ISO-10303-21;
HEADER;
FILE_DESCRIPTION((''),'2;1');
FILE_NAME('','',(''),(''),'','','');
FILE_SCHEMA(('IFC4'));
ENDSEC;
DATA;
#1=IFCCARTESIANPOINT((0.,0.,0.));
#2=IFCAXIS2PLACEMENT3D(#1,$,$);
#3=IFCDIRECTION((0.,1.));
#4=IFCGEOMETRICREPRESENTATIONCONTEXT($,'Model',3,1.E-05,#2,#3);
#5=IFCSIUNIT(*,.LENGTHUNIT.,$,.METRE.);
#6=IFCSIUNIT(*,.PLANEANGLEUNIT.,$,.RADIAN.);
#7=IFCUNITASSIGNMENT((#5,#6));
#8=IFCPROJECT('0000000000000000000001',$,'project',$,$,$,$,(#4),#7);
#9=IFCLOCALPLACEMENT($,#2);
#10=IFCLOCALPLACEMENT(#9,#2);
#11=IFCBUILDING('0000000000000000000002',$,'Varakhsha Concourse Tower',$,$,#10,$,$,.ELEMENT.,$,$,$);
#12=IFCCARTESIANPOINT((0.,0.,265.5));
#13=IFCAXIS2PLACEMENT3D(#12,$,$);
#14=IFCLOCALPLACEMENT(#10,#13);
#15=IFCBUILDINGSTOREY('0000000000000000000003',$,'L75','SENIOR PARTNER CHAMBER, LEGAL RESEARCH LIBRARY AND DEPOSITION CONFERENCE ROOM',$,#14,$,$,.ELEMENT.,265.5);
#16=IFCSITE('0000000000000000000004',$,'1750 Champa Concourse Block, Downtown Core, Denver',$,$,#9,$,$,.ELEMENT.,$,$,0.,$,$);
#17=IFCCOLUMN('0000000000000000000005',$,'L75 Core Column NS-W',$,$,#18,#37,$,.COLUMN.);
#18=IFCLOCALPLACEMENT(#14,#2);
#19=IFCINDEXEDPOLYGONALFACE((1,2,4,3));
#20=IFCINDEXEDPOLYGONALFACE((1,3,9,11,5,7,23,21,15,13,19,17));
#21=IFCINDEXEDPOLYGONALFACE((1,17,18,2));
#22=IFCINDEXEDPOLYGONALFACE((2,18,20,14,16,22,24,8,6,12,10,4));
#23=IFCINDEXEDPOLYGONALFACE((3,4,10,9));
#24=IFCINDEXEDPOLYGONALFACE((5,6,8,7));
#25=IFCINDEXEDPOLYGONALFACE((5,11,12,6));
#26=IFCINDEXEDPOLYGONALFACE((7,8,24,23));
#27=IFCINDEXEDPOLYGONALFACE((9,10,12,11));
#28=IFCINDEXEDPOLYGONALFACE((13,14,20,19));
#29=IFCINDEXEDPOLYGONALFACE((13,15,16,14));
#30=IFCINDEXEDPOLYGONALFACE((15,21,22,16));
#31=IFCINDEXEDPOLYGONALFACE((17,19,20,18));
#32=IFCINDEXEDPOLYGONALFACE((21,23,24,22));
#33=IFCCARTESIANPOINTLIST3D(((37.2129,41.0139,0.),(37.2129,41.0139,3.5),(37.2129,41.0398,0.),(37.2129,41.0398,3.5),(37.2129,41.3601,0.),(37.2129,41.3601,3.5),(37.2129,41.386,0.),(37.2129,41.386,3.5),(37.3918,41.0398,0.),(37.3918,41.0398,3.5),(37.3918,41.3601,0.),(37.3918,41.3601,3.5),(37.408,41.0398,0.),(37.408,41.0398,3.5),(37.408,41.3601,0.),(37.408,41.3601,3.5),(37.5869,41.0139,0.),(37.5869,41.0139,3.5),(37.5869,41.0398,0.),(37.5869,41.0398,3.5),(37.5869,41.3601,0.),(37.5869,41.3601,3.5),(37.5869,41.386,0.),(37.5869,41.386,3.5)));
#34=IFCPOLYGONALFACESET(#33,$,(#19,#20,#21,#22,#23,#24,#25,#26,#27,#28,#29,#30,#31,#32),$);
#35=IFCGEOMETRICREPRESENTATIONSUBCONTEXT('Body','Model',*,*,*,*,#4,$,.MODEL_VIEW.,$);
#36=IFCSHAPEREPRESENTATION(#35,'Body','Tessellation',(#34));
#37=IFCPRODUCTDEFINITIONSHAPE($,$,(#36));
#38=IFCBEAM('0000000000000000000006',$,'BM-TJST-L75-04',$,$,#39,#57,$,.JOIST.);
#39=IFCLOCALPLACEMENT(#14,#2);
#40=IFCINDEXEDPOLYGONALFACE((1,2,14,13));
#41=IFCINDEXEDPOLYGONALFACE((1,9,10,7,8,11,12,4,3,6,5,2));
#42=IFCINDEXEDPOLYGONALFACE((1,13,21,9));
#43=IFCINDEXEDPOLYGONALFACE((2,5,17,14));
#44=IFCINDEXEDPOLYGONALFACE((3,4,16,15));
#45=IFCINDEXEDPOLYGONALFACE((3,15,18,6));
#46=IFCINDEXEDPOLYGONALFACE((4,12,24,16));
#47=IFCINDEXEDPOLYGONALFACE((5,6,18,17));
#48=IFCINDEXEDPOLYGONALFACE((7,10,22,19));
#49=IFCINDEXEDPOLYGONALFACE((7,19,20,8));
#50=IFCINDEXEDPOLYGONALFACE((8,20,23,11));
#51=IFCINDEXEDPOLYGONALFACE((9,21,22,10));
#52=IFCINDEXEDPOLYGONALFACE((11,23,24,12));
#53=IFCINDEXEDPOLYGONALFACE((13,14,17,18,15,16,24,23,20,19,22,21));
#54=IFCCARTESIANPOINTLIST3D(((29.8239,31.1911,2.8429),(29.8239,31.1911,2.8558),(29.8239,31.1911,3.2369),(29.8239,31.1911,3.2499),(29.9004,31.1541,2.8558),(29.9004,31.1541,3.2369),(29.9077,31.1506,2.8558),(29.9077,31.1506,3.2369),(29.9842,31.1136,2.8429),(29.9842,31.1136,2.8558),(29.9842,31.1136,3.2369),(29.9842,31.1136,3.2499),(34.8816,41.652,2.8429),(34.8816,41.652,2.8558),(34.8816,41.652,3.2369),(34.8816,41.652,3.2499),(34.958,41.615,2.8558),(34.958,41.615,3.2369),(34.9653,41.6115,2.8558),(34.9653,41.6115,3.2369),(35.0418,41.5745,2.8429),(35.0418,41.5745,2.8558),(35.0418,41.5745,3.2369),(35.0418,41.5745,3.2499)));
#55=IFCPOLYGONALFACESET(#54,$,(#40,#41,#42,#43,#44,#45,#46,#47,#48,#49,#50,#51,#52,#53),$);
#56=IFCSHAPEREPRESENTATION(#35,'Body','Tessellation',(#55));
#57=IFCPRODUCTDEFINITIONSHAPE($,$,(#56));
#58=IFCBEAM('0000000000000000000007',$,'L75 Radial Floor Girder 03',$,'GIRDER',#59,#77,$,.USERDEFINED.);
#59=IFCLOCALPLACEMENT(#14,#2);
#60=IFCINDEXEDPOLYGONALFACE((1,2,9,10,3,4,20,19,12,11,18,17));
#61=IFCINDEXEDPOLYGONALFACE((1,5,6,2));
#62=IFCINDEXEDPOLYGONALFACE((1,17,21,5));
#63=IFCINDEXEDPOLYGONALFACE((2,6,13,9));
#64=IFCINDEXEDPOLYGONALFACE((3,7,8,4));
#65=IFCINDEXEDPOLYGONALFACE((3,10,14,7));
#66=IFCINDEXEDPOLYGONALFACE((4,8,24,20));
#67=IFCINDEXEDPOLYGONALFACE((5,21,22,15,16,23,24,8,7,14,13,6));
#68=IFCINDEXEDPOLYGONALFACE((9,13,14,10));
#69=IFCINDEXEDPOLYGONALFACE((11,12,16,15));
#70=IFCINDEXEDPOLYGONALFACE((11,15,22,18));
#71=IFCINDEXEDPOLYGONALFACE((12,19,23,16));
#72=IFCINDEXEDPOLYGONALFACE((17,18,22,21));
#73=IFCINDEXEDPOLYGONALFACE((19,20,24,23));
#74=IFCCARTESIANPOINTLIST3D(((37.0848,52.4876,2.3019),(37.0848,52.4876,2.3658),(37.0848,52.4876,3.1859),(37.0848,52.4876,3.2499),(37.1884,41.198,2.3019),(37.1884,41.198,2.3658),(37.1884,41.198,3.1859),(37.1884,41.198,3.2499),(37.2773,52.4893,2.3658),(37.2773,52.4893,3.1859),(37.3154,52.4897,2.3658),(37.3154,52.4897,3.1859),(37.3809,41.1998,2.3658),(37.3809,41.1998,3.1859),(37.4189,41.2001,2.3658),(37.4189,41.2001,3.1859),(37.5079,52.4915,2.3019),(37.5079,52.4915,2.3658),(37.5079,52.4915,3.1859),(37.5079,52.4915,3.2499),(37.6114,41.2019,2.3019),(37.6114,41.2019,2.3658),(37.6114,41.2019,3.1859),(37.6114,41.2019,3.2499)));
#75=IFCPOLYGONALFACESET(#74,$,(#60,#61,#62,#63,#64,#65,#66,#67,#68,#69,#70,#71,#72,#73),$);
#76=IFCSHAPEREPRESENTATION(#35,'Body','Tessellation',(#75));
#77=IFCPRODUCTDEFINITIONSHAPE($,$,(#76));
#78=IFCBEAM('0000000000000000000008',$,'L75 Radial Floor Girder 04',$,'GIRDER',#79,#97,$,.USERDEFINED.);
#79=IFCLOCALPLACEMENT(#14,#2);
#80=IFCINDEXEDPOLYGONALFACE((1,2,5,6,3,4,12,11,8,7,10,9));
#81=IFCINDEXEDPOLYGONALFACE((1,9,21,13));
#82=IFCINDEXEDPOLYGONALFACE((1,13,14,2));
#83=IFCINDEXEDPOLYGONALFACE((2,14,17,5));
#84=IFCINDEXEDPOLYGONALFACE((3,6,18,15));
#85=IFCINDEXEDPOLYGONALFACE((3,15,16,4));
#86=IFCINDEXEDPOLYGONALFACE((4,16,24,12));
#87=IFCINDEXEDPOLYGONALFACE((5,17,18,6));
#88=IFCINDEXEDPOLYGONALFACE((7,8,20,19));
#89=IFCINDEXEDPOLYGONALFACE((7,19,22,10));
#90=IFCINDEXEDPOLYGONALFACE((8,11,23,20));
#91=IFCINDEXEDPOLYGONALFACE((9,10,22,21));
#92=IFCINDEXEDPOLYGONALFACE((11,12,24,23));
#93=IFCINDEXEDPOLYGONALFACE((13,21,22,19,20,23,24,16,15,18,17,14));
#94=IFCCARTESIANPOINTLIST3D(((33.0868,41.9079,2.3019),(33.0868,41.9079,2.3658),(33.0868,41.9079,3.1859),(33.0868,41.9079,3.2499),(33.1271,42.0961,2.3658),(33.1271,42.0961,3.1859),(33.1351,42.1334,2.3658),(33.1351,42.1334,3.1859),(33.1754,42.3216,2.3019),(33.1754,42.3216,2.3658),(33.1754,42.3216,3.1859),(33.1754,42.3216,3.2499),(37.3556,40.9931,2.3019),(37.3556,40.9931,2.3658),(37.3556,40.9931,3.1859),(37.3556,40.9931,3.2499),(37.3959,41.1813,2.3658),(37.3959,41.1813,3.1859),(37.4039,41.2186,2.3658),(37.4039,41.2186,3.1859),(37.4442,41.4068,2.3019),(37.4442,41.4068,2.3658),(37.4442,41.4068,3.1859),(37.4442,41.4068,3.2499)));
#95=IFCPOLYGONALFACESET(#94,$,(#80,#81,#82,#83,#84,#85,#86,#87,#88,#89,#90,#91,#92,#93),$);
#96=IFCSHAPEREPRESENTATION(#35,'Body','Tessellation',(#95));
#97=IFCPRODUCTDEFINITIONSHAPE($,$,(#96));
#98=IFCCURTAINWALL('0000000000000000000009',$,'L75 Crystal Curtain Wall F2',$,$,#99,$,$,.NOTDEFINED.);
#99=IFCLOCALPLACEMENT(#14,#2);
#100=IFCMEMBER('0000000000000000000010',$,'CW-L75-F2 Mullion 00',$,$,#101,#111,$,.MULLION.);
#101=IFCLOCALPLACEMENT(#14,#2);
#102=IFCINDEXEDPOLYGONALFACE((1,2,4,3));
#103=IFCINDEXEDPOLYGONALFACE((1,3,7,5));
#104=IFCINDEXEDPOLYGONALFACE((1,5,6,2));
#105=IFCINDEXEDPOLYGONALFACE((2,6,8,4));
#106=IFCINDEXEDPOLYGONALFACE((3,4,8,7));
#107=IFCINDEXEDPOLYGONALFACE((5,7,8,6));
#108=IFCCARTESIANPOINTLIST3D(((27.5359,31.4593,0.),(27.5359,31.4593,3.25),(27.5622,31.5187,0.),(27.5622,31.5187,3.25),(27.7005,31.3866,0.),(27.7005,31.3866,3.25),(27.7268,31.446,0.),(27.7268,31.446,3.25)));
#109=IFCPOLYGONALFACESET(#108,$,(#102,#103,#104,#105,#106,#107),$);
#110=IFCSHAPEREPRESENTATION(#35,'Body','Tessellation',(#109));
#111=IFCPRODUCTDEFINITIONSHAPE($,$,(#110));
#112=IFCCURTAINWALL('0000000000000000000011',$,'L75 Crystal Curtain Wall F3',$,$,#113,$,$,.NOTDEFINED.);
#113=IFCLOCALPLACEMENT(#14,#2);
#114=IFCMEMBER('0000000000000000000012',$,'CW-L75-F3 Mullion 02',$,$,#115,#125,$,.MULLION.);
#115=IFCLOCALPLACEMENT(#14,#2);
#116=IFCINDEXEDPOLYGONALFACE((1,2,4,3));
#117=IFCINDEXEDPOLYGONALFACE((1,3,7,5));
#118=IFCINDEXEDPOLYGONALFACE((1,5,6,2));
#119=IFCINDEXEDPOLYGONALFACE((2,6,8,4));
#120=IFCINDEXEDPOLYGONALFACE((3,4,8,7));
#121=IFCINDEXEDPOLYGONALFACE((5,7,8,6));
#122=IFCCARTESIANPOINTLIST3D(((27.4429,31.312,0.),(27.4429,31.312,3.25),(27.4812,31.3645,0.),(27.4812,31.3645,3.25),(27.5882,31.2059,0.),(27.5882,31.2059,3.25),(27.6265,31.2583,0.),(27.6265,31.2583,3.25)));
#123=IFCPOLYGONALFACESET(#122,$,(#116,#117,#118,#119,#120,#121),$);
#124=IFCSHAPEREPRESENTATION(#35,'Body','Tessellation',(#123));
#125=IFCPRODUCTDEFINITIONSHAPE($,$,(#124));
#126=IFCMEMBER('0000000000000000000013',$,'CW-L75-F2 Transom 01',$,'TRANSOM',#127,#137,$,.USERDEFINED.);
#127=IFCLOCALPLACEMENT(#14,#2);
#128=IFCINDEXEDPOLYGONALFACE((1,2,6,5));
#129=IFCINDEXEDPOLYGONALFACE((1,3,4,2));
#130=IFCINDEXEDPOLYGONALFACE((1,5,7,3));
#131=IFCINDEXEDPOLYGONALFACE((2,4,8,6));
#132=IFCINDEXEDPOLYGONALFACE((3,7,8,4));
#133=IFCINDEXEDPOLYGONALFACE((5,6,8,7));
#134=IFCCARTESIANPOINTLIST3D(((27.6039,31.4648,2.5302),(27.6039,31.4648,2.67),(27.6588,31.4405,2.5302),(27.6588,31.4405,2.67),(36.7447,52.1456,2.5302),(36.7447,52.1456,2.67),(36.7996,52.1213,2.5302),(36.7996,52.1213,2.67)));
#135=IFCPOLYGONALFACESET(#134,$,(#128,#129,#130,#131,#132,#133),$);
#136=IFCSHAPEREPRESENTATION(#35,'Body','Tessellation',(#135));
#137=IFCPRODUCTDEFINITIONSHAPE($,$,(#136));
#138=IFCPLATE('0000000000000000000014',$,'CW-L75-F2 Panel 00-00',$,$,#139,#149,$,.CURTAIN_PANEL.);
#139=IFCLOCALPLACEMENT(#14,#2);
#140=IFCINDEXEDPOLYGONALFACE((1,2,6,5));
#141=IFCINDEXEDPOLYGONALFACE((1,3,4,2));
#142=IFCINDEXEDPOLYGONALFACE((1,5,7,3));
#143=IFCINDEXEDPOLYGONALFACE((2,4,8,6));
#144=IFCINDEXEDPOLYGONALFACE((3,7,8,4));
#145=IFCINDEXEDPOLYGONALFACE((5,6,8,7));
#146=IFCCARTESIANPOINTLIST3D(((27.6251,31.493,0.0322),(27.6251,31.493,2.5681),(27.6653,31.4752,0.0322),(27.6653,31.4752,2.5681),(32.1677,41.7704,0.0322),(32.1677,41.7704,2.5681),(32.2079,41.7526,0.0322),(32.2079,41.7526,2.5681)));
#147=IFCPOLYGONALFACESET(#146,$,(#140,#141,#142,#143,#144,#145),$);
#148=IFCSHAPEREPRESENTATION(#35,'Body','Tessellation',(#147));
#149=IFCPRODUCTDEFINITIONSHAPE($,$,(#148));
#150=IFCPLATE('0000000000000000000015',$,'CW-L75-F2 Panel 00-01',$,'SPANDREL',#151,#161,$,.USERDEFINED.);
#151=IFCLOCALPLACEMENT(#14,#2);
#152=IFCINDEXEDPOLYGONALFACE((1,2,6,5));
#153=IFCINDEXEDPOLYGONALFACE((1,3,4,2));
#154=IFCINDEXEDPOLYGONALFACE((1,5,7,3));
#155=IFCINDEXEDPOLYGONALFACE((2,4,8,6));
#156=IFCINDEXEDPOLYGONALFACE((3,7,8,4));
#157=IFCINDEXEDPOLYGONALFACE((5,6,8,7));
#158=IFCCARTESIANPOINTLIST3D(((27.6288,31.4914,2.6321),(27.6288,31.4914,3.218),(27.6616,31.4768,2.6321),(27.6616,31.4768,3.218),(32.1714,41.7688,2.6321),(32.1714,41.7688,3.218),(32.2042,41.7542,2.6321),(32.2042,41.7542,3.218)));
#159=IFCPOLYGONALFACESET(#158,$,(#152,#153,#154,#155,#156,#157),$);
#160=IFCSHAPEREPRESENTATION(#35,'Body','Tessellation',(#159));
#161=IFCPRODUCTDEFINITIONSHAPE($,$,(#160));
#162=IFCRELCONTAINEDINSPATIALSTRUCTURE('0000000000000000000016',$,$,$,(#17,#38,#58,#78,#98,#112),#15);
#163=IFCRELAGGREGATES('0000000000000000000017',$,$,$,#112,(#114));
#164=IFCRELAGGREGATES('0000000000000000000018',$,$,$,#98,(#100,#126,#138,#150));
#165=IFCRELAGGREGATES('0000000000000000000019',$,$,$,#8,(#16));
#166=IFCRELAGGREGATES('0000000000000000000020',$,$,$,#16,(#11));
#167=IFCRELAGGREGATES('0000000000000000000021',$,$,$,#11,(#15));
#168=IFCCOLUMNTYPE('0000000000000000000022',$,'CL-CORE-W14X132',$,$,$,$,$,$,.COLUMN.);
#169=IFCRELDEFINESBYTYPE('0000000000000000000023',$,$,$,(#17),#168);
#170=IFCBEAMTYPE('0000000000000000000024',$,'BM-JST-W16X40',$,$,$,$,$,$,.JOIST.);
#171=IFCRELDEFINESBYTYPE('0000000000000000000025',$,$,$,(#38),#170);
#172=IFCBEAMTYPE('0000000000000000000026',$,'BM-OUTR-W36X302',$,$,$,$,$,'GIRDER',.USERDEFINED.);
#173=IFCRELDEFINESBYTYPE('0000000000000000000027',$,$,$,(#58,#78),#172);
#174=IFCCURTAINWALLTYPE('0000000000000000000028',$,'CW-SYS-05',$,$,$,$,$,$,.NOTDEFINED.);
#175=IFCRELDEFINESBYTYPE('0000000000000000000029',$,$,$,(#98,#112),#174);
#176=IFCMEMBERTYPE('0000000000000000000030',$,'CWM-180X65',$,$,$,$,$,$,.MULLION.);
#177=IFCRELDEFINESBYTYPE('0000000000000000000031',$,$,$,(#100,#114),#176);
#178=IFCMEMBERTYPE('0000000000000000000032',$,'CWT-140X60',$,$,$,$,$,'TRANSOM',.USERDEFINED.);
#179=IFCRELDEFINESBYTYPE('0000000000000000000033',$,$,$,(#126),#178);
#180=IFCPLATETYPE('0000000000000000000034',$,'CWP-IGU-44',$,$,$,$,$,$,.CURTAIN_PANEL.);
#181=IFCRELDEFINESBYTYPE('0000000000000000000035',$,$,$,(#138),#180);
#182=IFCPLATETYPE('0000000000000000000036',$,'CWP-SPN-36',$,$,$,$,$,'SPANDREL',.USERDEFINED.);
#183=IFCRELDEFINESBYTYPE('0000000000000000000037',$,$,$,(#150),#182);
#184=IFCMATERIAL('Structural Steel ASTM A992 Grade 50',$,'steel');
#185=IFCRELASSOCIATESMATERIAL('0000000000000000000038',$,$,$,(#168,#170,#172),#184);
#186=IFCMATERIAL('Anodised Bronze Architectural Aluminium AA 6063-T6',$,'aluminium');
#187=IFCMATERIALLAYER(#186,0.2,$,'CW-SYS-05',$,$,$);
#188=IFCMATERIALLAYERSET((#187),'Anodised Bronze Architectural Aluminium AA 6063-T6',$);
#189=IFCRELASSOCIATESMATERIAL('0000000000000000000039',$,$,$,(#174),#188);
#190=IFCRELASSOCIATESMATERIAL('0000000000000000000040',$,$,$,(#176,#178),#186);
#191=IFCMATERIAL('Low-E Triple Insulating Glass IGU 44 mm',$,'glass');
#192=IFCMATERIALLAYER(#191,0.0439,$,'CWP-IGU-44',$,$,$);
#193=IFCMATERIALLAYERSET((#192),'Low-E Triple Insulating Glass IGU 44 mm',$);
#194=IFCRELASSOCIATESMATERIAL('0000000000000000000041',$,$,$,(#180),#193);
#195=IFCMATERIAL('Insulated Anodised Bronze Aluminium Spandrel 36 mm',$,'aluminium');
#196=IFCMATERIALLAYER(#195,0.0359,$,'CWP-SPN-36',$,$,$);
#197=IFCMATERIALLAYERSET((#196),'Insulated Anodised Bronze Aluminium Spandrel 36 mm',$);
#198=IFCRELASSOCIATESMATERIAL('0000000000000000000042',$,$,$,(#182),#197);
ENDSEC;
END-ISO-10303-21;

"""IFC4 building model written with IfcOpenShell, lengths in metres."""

from ifc_helpers import new_model, si_unit, direction, frame, origin, origin_2d, place, context, subcontext, project, spatial, rectangle, i_section, extrude, source, transform, mapped, material, layer, layer_set, material_profile, profile_set, type_object, type_shapes, element, aggregate, save


model = new_model("IFC4")

# Units and contexts
model_context = context("Model", 3, precision=1e-05, world=origin(), true_north=direction((0.0, 1.0)))
body_context = subcontext(model_context, "Body", "Model", "MODEL_VIEW")
ifc_project = project(units=[si_unit("LENGTHUNIT", "METRE"), si_unit("PLANEANGLEUNIT", "RADIAN")], contexts=[model_context])

# Site, building, storey
site_placement = place(None, origin())
site = spatial("IfcSite", under=ifc_project, at=site_placement, Name="1750 Champa Concourse Block, Downtown Core, Denver", CompositionType="ELEMENT", RefElevation=0.0)
building_placement = place(site_placement, origin())
building = spatial("IfcBuilding", under=site, at=building_placement, Name="Varakhsha Concourse Tower", CompositionType="ELEMENT")
storey_placement = place(building_placement, frame((0.0, 0.0, 265.5)))
storey = spatial("IfcBuildingStorey", under=building, at=storey_placement, Name="L75", Description="SENIOR PARTNER CHAMBER, LEGAL RESEARCH LIBRARY AND DEPOSITION CONFERENCE ROOM", CompositionType="ELEMENT", Elevation=265.5)

# Column
ifc_material_1 = material(Name="Structural Steel ASTM A992 Grade 50", Category="steel")
ifc_material_profile_1 = material_profile(ifc_material_1, i_section(OverallWidth=0.374, OverallDepth=0.3721, WebThickness=0.0161, FlangeThickness=0.0259, at=origin_2d()), Name="W14X132")
ifc_profile_set_1 = profile_set([ifc_material_profile_1], Name="Structural Steel ASTM A992 Grade 50")
column_type = type_object("IfcColumnType", Name="CL-CORE-W14X132", PredefinedType="COLUMN", material=ifc_profile_set_1)
column_placement = place(storey_placement, frame((37.3999, 41.2, 0.0), z_axis=(0.0, 0.0, 1.0), x_axis=(1.0, 0.0, 0.0)))
element("IfcColumn", 1, at=column_placement, inside=storey, type_object=column_type, Name="L75 Core Column NS-W", PredefinedType="COLUMN", context=body_context, shape_type="SweptSolid", body=[
    extrude(i_section(OverallWidth=0.374, OverallDepth=0.3721, WebThickness=0.0161, FlangeThickness=0.0259, at=origin_2d()), origin(), (0.0, 0.0, 1.0), 3.5),
])

# Beams
ifc_material_profile_2 = material_profile(ifc_material_1, i_section(OverallWidth=0.178, OverallDepth=0.407, WebThickness=0.0081, FlangeThickness=0.0129, at=origin_2d()), Name="W16X40")
ifc_profile_set_2 = profile_set([ifc_material_profile_2], Name="Structural Steel ASTM A992 Grade 50")
beam_type_1 = type_object("IfcBeamType", Name="BM-JST-W16X40", PredefinedType="JOIST", material=ifc_profile_set_2)
beam_1_placement = place(storey_placement, frame((34.9617, 41.6133, 3.0464), z_axis=(-0.435273, -0.900298, 0.0), x_axis=(0.900298, -0.435273, 0.0)))
element("IfcBeam", 2, at=beam_1_placement, inside=storey, type_object=beam_type_1, Name="BM-TJST-L75-04", PredefinedType="JOIST", context=body_context, shape_type="SweptSolid", body=[
    extrude(i_section(OverallWidth=0.178, OverallDepth=0.407, WebThickness=0.0081, FlangeThickness=0.0129, at=origin_2d()), origin(), (0.0, 0.0, 1.0), 11.6194),
])
ifc_material_profile_3 = material_profile(ifc_material_1, i_section(OverallWidth=0.4231, OverallDepth=0.948, WebThickness=0.0381, FlangeThickness=0.064, at=origin_2d()), Name="W36X302")
ifc_profile_set_3 = profile_set([ifc_material_profile_3], Name="Structural Steel ASTM A992 Grade 50")
beam_type_2 = type_object("IfcBeamType", Name="BM-OUTR-W36X302", ElementType="GIRDER", PredefinedType="USERDEFINED", material=ifc_profile_set_3)
beam_2_placement = place(storey_placement, frame((37.3999, 41.2, 2.7759), z_axis=(-0.009169, 0.999958, 0.0), x_axis=(-0.999958, -0.009169, 0.0)))
element("IfcBeam", 3, at=beam_2_placement, inside=storey, type_object=beam_type_2, Name="L75 Radial Floor Girder 03", ObjectType="GIRDER", PredefinedType="USERDEFINED", context=body_context, shape_type="SweptSolid", body=[
    extrude(i_section(OverallWidth=0.4231, OverallDepth=0.948, WebThickness=0.0381, FlangeThickness=0.064, at=origin_2d()), origin(), (0.0, 0.0, 1.0), 11.29),
])
beam_3_placement = place(storey_placement, frame((37.3999, 41.2, 2.7759), z_axis=(-0.9778, 0.209541, 0.0), x_axis=(-0.209541, -0.9778, 0.0)))
element("IfcBeam", 4, at=beam_3_placement, inside=storey, type_object=beam_type_2, Name="L75 Radial Floor Girder 04", ObjectType="GIRDER", PredefinedType="USERDEFINED", context=body_context, shape_type="SweptSolid", body=[
    extrude(i_section(OverallWidth=0.4231, OverallDepth=0.948, WebThickness=0.0381, FlangeThickness=0.064, at=origin_2d()), origin(), (0.0, 0.0, 1.0), 4.3657),
])

# Curtain walls, members
ifc_material_2 = material(Name="Anodised Bronze Architectural Aluminium AA 6063-T6", Category="aluminium")
ifc_layer_1 = layer(ifc_material_2, 0.2, Name="CW-SYS-05")
ifc_layer_set_1 = layer_set([ifc_layer_1], Name="Anodised Bronze Architectural Aluminium AA 6063-T6")
curtain_wall_type = type_object("IfcCurtainWallType", Name="CW-SYS-05", PredefinedType="NOTDEFINED", material=ifc_layer_set_1)
curtain_wall_1_placement = place(storey_placement, origin())
curtain_wall_1 = element("IfcCurtainWall", 5, at=curtain_wall_1_placement, inside=storey, type_object=curtain_wall_type, Name="L75 Crystal Curtain Wall F2", PredefinedType="NOTDEFINED")
ifc_material_profile_4 = material_profile(ifc_material_2, rectangle(XDim=0.0649, YDim=0.1799, at=origin_2d()), Name="CWM-180X65")
ifc_profile_set_4 = profile_set([ifc_material_profile_4], Name="Anodised Bronze Architectural Aluminium AA 6063-T6")
member_type_1 = type_object("IfcMemberType", Name="CWM-180X65", PredefinedType="MULLION", material=ifc_profile_set_4)
shared_shape_1 = source(origin(), body_context, "Body", "SweptSolid", [
    extrude(rectangle(XDim=0.0649, YDim=0.1799, at=origin_2d()), origin(), (0.0, 0.0, 1.0), 3.25),
])
type_shapes(member_type_1, [shared_shape_1])
member_1_placement = place(storey_placement, frame((27.6313, 31.4526, 0.0), z_axis=(0.0, 0.0, 1.0), x_axis=(0.404273, 0.914638, 0.0)))
member_1 = element("IfcMember", 6, at=member_1_placement, type_object=member_type_1, Name="CW-L75-F2 Mullion 00", PredefinedType="MULLION", context=body_context, shape_type="MappedRepresentation", body=[
    mapped(shared_shape_1, transform((0.0, 0.0, 0.0), scale=1.0)),
])
curtain_wall_2_placement = place(storey_placement, origin())
curtain_wall_2 = element("IfcCurtainWall", 7, at=curtain_wall_2_placement, inside=storey, type_object=curtain_wall_type, Name="L75 Crystal Curtain Wall F3", PredefinedType="NOTDEFINED")
member_2_placement = place(storey_placement, frame((27.5347, 31.2852, 0.0), z_axis=(0.0, 0.0, 1.0), x_axis=(0.58996, 0.807432, 0.0)))
member_2 = element("IfcMember", 8, at=member_2_placement, type_object=member_type_1, Name="CW-L75-F3 Mullion 02", PredefinedType="MULLION", context=body_context, shape_type="MappedRepresentation", body=[
    mapped(shared_shape_1, transform((0.0, 0.0, 0.0), scale=1.0)),
])
aggregate(curtain_wall_2, [member_2])

# Member
ifc_material_profile_5 = material_profile(ifc_material_2, rectangle(XDim=0.0601, YDim=0.1399, at=origin_2d()), Name="CWT-140X60")
ifc_profile_set_5 = profile_set([ifc_material_profile_5], Name="Anodised Bronze Architectural Aluminium AA 6063-T6")
member_type_2 = type_object("IfcMemberType", Name="CWT-140X60", ElementType="TRANSOM", PredefinedType="USERDEFINED", material=ifc_profile_set_5)
shared_shape_2 = source(origin(), body_context, "Body", "SweptSolid", [
    extrude(rectangle(XDim=0.0601, YDim=0.1399, at=origin_2d()), origin(), (0.0, 0.0, 1.0), 22.6108),
])
type_shapes(member_type_2, [shared_shape_2])
member_3_placement = place(storey_placement, frame((27.6313, 31.4526, 2.6001), z_axis=(0.404267, 0.914641, 0.0), x_axis=(-0.914641, 0.404267, 0.0)))
member_3 = element("IfcMember", 9, at=member_3_placement, type_object=member_type_2, Name="CW-L75-F2 Transom 01", ObjectType="TRANSOM", PredefinedType="USERDEFINED", context=body_context, shape_type="MappedRepresentation", body=[
    mapped(shared_shape_2, transform((0.0, 0.0, 0.0), scale=1.0)),
])

# Plates
ifc_material_3 = material(Name="Low-E Triple Insulating Glass IGU 44 mm", Category="glass")
ifc_layer_2 = layer(ifc_material_3, 0.0439, Name="CWP-IGU-44")
ifc_layer_set_2 = layer_set([ifc_layer_2], Name="Low-E Triple Insulating Glass IGU 44 mm")
plate_type_1 = type_object("IfcPlateType", Name="CWP-IGU-44", PredefinedType="CURTAIN_PANEL", material=ifc_layer_set_2)
shared_shape_3 = source(origin(), body_context, "Body", "SweptSolid", [
    extrude(rectangle(XDim=11.2366, YDim=0.0439, at=origin_2d()), origin(), (0.0, 0.0, 1.0), 2.5359),
])
type_shapes(plate_type_1, [shared_shape_3])
plate_1_placement = place(storey_placement, frame((29.9165, 36.6228, 0.0322), z_axis=(0.0, 0.0, 1.0), x_axis=(0.404273, 0.914638, 0.0)))
plate_1 = element("IfcPlate", 10, at=plate_1_placement, type_object=plate_type_1, Name="CW-L75-F2 Panel 00-00", PredefinedType="CURTAIN_PANEL", context=body_context, shape_type="MappedRepresentation", body=[
    mapped(shared_shape_3, transform((0.0, 0.0, 0.0), scale=1.0)),
])
ifc_material_4 = material(Name="Insulated Anodised Bronze Aluminium Spandrel 36 mm", Category="aluminium")
ifc_layer_3 = layer(ifc_material_4, 0.0359, Name="CWP-SPN-36")
ifc_layer_set_3 = layer_set([ifc_layer_3], Name="Insulated Anodised Bronze Aluminium Spandrel 36 mm")
plate_type_2 = type_object("IfcPlateType", Name="CWP-SPN-36", ElementType="SPANDREL", PredefinedType="USERDEFINED", material=ifc_layer_set_3)
shared_shape_4 = source(origin(), body_context, "Body", "SweptSolid", [
    extrude(rectangle(XDim=11.2366, YDim=0.0359, at=origin_2d()), origin(), (0.0, 0.0, 1.0), 0.5859),
])
type_shapes(plate_type_2, [shared_shape_4])
plate_2_placement = place(storey_placement, frame((29.9165, 36.6228, 2.6321), z_axis=(0.0, 0.0, 1.0), x_axis=(0.404273, 0.914638, 0.0)))
plate_2 = element("IfcPlate", 11, at=plate_2_placement, type_object=plate_type_2, Name="CW-L75-F2 Panel 00-01", ObjectType="SPANDREL", PredefinedType="USERDEFINED", context=body_context, shape_type="MappedRepresentation", body=[
    mapped(shared_shape_4, transform((0.0, 0.0, 0.0), scale=1.0)),
])
aggregate(curtain_wall_1, [member_1, member_3, plate_1, plate_2])

save(model, "model.ifc")
